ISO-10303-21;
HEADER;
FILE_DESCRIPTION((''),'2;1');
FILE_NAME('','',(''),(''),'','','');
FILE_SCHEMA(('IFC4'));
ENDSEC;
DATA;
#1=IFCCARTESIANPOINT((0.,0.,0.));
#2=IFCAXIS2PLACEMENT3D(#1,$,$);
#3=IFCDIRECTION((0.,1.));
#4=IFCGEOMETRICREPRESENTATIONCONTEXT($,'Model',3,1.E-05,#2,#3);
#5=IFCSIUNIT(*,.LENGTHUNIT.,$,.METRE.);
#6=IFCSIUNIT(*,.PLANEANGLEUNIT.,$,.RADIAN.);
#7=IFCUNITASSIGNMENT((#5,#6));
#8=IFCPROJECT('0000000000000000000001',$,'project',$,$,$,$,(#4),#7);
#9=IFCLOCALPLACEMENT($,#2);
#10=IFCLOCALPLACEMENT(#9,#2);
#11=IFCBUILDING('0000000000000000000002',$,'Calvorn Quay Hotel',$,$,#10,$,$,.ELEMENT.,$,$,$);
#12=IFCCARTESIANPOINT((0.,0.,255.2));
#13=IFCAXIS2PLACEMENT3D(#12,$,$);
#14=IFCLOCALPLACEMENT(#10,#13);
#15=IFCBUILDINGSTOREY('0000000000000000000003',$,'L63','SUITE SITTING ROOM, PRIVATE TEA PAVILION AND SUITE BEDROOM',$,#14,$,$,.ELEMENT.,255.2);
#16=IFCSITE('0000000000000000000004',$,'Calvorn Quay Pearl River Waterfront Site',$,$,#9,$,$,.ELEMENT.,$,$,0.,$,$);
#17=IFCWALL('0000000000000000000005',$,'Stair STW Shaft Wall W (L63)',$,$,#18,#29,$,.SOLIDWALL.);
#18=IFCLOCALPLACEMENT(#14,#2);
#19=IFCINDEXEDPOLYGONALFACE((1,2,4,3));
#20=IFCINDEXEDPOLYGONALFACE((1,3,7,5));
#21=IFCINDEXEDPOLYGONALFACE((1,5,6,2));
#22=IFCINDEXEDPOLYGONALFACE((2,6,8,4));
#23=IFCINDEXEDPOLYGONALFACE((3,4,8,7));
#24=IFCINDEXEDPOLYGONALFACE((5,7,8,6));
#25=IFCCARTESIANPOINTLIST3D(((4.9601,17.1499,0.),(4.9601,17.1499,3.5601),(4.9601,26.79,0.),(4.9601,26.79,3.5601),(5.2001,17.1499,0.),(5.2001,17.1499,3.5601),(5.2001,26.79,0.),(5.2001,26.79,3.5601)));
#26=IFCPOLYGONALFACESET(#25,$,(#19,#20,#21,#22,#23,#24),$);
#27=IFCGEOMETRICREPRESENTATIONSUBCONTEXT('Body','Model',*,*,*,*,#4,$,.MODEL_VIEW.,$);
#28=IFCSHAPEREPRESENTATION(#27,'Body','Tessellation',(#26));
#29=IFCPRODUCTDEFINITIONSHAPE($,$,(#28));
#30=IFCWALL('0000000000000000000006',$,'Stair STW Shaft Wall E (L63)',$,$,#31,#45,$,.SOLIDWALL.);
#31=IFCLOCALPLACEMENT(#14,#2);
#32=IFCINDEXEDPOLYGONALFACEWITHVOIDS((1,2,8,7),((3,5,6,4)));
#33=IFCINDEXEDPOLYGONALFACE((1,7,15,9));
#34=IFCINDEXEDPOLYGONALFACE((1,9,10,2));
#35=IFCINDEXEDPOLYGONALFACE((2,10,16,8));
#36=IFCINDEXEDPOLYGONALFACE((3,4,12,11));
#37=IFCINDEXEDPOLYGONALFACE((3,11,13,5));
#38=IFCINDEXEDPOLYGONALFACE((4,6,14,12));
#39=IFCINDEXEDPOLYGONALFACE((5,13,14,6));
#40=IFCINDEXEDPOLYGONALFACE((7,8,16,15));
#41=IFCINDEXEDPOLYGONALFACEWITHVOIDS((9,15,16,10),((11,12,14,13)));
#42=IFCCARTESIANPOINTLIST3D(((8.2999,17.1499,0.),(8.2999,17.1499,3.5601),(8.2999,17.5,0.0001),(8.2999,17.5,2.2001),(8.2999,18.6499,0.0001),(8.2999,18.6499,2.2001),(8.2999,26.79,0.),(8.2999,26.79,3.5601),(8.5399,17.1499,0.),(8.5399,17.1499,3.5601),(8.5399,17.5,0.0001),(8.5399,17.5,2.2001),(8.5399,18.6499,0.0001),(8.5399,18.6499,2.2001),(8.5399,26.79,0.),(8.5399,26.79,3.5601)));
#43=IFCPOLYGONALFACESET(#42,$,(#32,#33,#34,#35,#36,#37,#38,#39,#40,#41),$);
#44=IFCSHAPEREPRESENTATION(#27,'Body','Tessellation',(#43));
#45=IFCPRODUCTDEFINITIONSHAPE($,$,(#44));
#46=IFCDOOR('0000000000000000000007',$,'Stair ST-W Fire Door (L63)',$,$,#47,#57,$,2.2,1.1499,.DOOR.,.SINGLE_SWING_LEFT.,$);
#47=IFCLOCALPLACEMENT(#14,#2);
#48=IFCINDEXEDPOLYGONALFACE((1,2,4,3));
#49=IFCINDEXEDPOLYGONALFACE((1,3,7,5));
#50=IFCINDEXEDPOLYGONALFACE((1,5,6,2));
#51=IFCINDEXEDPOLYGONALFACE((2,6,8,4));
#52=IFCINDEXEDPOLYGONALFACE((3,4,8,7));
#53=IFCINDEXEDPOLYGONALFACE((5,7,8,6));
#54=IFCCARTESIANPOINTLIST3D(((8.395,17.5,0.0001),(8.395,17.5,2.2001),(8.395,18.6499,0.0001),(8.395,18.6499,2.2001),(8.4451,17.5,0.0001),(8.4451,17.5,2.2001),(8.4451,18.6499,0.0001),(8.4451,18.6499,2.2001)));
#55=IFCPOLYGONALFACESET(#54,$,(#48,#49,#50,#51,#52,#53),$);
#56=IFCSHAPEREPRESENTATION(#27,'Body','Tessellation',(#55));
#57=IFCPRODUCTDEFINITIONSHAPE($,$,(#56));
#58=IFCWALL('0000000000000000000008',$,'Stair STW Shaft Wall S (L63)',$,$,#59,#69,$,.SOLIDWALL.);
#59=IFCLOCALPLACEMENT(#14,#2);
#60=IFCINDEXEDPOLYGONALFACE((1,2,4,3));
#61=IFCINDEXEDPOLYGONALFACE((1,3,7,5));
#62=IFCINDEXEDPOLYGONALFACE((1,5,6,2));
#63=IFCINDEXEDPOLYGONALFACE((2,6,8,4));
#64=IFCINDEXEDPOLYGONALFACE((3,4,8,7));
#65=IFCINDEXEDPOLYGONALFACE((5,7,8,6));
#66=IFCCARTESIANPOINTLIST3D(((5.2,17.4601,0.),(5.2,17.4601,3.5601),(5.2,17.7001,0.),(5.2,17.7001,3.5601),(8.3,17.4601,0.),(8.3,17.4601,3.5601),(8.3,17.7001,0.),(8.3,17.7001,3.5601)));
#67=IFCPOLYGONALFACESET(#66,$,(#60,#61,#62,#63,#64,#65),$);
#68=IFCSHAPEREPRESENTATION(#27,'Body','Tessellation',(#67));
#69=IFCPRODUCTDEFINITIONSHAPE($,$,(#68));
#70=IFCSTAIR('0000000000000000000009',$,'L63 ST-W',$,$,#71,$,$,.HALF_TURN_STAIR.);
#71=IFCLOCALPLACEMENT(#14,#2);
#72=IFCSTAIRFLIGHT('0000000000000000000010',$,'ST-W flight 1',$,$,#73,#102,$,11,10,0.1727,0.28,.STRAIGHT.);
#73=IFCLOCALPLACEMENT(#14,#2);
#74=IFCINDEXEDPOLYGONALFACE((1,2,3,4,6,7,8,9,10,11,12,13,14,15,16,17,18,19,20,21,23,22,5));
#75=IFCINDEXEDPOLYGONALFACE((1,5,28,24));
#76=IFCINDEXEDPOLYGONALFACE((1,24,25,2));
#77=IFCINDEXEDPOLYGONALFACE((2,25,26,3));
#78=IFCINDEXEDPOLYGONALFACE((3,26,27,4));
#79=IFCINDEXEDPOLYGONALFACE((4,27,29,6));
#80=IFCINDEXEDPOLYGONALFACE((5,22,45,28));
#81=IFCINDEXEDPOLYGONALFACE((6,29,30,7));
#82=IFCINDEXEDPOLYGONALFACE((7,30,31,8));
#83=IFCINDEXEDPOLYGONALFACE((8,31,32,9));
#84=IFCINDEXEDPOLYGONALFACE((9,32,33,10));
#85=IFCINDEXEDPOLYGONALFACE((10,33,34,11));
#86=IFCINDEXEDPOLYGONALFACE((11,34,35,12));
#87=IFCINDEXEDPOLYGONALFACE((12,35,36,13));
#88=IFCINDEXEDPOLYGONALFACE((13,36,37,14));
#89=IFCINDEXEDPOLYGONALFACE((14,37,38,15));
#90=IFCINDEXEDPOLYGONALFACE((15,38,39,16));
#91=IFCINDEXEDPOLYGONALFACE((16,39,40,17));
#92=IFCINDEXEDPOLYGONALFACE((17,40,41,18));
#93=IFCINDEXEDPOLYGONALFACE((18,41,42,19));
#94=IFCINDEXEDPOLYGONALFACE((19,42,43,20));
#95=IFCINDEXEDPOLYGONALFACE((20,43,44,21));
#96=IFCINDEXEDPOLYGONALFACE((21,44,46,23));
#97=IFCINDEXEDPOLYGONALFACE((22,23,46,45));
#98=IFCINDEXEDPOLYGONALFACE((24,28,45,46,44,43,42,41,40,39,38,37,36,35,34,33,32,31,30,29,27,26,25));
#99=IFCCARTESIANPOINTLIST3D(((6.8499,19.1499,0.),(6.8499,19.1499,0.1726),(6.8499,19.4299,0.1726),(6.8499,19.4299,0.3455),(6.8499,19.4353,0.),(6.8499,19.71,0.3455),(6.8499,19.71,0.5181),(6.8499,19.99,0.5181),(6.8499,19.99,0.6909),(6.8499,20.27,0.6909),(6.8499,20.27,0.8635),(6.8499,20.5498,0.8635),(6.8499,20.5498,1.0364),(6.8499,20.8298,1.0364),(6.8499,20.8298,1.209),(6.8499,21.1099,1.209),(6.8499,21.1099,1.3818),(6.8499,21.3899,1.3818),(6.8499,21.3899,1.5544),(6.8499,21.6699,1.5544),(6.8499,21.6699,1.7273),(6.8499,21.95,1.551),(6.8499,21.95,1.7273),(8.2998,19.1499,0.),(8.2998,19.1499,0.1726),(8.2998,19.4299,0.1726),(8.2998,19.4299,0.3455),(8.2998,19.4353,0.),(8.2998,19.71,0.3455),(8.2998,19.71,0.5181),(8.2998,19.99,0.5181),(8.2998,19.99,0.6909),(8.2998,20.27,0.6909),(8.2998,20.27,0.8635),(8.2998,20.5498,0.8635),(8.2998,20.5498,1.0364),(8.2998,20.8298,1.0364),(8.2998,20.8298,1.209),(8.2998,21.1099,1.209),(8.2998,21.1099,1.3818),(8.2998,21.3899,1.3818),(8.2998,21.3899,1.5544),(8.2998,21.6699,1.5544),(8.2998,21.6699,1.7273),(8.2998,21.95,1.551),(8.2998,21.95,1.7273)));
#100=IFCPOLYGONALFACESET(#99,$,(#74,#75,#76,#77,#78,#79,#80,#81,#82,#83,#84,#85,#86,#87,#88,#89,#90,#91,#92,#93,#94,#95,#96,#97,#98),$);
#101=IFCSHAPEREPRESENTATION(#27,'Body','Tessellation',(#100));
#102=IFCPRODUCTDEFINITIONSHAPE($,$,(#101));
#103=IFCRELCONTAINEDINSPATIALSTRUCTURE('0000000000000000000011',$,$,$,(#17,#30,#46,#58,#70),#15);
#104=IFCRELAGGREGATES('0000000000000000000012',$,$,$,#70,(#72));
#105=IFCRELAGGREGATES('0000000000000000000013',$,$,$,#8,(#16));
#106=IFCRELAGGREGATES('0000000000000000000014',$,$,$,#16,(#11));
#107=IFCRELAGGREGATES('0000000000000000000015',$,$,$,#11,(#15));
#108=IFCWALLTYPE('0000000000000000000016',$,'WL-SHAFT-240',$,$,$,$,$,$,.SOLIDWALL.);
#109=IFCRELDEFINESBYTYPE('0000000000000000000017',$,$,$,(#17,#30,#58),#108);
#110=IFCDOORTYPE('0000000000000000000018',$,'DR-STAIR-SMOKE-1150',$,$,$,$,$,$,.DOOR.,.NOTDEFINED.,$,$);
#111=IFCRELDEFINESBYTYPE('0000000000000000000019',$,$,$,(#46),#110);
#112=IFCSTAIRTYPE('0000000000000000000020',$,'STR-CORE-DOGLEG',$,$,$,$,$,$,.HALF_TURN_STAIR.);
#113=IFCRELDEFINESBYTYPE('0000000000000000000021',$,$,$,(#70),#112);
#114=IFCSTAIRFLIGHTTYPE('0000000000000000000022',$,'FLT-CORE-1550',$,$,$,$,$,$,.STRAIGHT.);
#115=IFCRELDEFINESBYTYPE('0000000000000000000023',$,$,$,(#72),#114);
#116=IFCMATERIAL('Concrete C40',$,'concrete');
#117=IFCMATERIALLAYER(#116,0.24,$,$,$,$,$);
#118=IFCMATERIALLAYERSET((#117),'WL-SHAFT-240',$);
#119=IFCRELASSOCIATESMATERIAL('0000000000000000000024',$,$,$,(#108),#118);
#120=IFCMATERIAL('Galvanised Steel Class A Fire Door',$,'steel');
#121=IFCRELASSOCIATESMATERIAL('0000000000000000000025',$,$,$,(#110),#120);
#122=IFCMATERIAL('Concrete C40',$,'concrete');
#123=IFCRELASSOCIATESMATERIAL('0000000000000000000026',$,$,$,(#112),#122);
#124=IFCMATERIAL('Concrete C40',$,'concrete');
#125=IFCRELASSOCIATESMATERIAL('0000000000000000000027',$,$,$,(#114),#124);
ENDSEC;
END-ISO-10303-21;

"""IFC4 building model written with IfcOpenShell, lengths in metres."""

from ifc_helpers import new_model, si_unit, direction, frame, frame_2d, origin, place, context, subcontext, project, spatial, polyline, rectangle, outline, extrude, material, layer, layer_set, type_object, element, fill, aggregate, save


model = new_model("IFC4")

# Units and contexts
model_context = context("Model", 3, precision=1e-05, world=origin(), true_north=direction((0.0, 1.0)))
body_context = subcontext(model_context, "Body", "Model", "MODEL_VIEW")
ifc_project = project(units=[si_unit("LENGTHUNIT", "METRE"), si_unit("PLANEANGLEUNIT", "RADIAN")], contexts=[model_context])

# Site, building, storey
site_placement = place(None, origin())
site = spatial("IfcSite", under=ifc_project, at=site_placement, Name="Calvorn Quay Pearl River Waterfront Site", CompositionType="ELEMENT", RefElevation=0.0)
building_placement = place(site_placement, origin())
building = spatial("IfcBuilding", under=site, at=building_placement, Name="Calvorn Quay Hotel", CompositionType="ELEMENT")
storey_placement = place(building_placement, frame((0.0, 0.0, 255.2)))
storey = spatial("IfcBuildingStorey", under=building, at=storey_placement, Name="L63", Description="SUITE SITTING ROOM, PRIVATE TEA PAVILION AND SUITE BEDROOM", CompositionType="ELEMENT", Elevation=255.2)

# Wall
ifc_material_1 = material(Name="Concrete C40", Category="concrete")
ifc_layer_1 = layer(ifc_material_1, 0.24)
ifc_layer_set_1 = layer_set([ifc_layer_1], Name="WL-SHAFT-240")
wall_type_1 = type_object("IfcWallType", Name="WL-SHAFT-240", PredefinedType="SOLIDWALL", material=ifc_layer_set_1)
wall_1_placement = place(storey_placement, frame((5.0801, 17.1499, 0.0), z_axis=(0.0, 0.0, 1.0), x_axis=(0.0, 1.0, 0.0)))
element("IfcWall", 1, at=wall_1_placement, inside=storey, type_object=wall_type_1, Name="Stair STW Shaft Wall W (L63)", PredefinedType="SOLIDWALL", context=body_context, shape_type="SweptSolid", body=[
    extrude(rectangle(XDim=9.6401, YDim=0.24, at=frame_2d((4.8201, 0.0))), origin(), (0.0, 0.0, 1.0), 3.5601),
])

# Wall, opening, door
wall_2_placement = place(storey_placement, frame((8.4199, 17.1499, 0.0), z_axis=(0.0, 0.0, 1.0), x_axis=(0.0, 1.0, 0.0)))
wall_2 = element("IfcWall", 2, at=wall_2_placement, inside=storey, type_object=wall_type_1, Name="Stair STW Shaft Wall E (L63)", PredefinedType="SOLIDWALL", context=body_context, shape_type="SweptSolid", body=[
    extrude(rectangle(XDim=9.6401, YDim=0.24, at=frame_2d((4.8201, 0.0))), origin(), (0.0, 0.0, 1.0), 3.5601),
])
opening_1_placement = place(wall_2_placement, frame((0.3501, 0.0, 0.0)))
opening_1 = element("IfcOpeningElement", 3, at=opening_1_placement, cuts=wall_2, PredefinedType="OPENING", context=body_context, shape_type="SweptSolid", body=[
    extrude(rectangle(XDim=1.1499, YDim=2.2, at=frame_2d((0.575, 1.1001))), frame((0.0, 0.1299, 0.0), z_axis=(0.0, -1.0, 0.0), x_axis=(1.0, 0.0, 0.0)), (0.0, 0.0, 1.0), 0.26),
])
ifc_material_2 = material(Name="Galvanised Steel Class A Fire Door", Category="steel")
door_type_1 = type_object("IfcDoorType", Name="DR-STAIR-SMOKE-1150", OperationType="NOTDEFINED", PredefinedType="DOOR", material=ifc_material_2)
door_1_placement = place(opening_1_placement, origin())
door_1 = element("IfcDoor", 4, at=door_1_placement, inside=storey, type_object=door_type_1, Name="Stair ST-W Fire Door (L63)", OperationType="SINGLE_SWING_LEFT", OverallHeight=2.2, OverallWidth=1.1499, PredefinedType="DOOR", context=body_context, shape_type="SweptSolid", body=[
    extrude(rectangle(XDim=1.1499, YDim=2.2, at=frame_2d((0.575, 1.1001))), frame((0.0, 0.0249, 0.0), z_axis=(0.0, -1.0, 0.0), x_axis=(1.0, 0.0, 0.0)), (0.0, 0.0, 1.0), 0.05),
])
fill(opening_1, door_1)

# Wall
wall_3_placement = place(storey_placement, frame((5.2, 17.5801, 0.0), z_axis=(0.0, 0.0, 1.0), x_axis=(1.0, 0.0, 0.0)))
element("IfcWall", 5, at=wall_3_placement, inside=storey, type_object=wall_type_1, Name="Stair STW Shaft Wall S (L63)", PredefinedType="SOLIDWALL", context=body_context, shape_type="SweptSolid", body=[
    extrude(rectangle(XDim=3.1001, YDim=0.24, at=frame_2d((1.55, 0.0))), origin(), (0.0, 0.0, 1.0), 3.5601),
])

# Stair, stair flight
ifc_material_3 = material(Name="Concrete C40", Category="concrete")
stair_type = type_object("IfcStairType", Name="STR-CORE-DOGLEG", PredefinedType="HALF_TURN_STAIR", material=ifc_material_3)
stair_placement = place(storey_placement, origin())
stair = element("IfcStair", 6, at=stair_placement, inside=storey, type_object=stair_type, Name="L63 ST-W", PredefinedType="HALF_TURN_STAIR")
ifc_material_4 = material(Name="Concrete C40", Category="concrete")
stair_flight_type = type_object("IfcStairFlightType", Name="FLT-CORE-1550", PredefinedType="STRAIGHT", material=ifc_material_4)
stair_flight_placement = place(storey_placement, frame((7.575, 19.1499, 0.0), z_axis=(0.0, 0.0, 1.0), x_axis=(0.0, 1.0, 0.0)))
stair_flight = element("IfcStairFlight", 7, at=stair_flight_placement, type_object=stair_flight_type, Name="ST-W flight 1", NumberOfRisers=11, NumberOfTreads=10, PredefinedType="STRAIGHT", RiserHeight=0.1727, TreadLength=0.28, context=body_context, shape_type="SweptSolid", body=[
    extrude(outline(polyline([(0.0, 0.0), (0.0, 0.1726), (0.28, 0.1726), (0.28, 0.3455), (0.5601, 0.3455), (0.5601, 0.5181), (0.8401, 0.5181), (0.8401, 0.6909), (1.1201, 0.6909), (1.1201, 0.8635), (1.3999, 0.8635), (1.3999, 1.0364), (1.6799, 1.0364), (1.6799, 1.209), (1.96, 1.209), (1.96, 1.3818), (2.24, 1.3818), (2.24, 1.5544), (2.52, 1.5544), (2.52, 1.7273), (2.8, 1.7273), (2.8, 1.8999), (2.8, 1.551), (0.2854, 0.0), (0.0, 0.0)])), frame((0.0, 0.7251, 0.0), z_axis=(0.0, -1.0, 0.0), x_axis=(1.0, 0.0, 0.0)), (0.0, 0.0, 1.0), 1.45),
])
aggregate(stair, [stair_flight])

save(model, "model.ifc")
